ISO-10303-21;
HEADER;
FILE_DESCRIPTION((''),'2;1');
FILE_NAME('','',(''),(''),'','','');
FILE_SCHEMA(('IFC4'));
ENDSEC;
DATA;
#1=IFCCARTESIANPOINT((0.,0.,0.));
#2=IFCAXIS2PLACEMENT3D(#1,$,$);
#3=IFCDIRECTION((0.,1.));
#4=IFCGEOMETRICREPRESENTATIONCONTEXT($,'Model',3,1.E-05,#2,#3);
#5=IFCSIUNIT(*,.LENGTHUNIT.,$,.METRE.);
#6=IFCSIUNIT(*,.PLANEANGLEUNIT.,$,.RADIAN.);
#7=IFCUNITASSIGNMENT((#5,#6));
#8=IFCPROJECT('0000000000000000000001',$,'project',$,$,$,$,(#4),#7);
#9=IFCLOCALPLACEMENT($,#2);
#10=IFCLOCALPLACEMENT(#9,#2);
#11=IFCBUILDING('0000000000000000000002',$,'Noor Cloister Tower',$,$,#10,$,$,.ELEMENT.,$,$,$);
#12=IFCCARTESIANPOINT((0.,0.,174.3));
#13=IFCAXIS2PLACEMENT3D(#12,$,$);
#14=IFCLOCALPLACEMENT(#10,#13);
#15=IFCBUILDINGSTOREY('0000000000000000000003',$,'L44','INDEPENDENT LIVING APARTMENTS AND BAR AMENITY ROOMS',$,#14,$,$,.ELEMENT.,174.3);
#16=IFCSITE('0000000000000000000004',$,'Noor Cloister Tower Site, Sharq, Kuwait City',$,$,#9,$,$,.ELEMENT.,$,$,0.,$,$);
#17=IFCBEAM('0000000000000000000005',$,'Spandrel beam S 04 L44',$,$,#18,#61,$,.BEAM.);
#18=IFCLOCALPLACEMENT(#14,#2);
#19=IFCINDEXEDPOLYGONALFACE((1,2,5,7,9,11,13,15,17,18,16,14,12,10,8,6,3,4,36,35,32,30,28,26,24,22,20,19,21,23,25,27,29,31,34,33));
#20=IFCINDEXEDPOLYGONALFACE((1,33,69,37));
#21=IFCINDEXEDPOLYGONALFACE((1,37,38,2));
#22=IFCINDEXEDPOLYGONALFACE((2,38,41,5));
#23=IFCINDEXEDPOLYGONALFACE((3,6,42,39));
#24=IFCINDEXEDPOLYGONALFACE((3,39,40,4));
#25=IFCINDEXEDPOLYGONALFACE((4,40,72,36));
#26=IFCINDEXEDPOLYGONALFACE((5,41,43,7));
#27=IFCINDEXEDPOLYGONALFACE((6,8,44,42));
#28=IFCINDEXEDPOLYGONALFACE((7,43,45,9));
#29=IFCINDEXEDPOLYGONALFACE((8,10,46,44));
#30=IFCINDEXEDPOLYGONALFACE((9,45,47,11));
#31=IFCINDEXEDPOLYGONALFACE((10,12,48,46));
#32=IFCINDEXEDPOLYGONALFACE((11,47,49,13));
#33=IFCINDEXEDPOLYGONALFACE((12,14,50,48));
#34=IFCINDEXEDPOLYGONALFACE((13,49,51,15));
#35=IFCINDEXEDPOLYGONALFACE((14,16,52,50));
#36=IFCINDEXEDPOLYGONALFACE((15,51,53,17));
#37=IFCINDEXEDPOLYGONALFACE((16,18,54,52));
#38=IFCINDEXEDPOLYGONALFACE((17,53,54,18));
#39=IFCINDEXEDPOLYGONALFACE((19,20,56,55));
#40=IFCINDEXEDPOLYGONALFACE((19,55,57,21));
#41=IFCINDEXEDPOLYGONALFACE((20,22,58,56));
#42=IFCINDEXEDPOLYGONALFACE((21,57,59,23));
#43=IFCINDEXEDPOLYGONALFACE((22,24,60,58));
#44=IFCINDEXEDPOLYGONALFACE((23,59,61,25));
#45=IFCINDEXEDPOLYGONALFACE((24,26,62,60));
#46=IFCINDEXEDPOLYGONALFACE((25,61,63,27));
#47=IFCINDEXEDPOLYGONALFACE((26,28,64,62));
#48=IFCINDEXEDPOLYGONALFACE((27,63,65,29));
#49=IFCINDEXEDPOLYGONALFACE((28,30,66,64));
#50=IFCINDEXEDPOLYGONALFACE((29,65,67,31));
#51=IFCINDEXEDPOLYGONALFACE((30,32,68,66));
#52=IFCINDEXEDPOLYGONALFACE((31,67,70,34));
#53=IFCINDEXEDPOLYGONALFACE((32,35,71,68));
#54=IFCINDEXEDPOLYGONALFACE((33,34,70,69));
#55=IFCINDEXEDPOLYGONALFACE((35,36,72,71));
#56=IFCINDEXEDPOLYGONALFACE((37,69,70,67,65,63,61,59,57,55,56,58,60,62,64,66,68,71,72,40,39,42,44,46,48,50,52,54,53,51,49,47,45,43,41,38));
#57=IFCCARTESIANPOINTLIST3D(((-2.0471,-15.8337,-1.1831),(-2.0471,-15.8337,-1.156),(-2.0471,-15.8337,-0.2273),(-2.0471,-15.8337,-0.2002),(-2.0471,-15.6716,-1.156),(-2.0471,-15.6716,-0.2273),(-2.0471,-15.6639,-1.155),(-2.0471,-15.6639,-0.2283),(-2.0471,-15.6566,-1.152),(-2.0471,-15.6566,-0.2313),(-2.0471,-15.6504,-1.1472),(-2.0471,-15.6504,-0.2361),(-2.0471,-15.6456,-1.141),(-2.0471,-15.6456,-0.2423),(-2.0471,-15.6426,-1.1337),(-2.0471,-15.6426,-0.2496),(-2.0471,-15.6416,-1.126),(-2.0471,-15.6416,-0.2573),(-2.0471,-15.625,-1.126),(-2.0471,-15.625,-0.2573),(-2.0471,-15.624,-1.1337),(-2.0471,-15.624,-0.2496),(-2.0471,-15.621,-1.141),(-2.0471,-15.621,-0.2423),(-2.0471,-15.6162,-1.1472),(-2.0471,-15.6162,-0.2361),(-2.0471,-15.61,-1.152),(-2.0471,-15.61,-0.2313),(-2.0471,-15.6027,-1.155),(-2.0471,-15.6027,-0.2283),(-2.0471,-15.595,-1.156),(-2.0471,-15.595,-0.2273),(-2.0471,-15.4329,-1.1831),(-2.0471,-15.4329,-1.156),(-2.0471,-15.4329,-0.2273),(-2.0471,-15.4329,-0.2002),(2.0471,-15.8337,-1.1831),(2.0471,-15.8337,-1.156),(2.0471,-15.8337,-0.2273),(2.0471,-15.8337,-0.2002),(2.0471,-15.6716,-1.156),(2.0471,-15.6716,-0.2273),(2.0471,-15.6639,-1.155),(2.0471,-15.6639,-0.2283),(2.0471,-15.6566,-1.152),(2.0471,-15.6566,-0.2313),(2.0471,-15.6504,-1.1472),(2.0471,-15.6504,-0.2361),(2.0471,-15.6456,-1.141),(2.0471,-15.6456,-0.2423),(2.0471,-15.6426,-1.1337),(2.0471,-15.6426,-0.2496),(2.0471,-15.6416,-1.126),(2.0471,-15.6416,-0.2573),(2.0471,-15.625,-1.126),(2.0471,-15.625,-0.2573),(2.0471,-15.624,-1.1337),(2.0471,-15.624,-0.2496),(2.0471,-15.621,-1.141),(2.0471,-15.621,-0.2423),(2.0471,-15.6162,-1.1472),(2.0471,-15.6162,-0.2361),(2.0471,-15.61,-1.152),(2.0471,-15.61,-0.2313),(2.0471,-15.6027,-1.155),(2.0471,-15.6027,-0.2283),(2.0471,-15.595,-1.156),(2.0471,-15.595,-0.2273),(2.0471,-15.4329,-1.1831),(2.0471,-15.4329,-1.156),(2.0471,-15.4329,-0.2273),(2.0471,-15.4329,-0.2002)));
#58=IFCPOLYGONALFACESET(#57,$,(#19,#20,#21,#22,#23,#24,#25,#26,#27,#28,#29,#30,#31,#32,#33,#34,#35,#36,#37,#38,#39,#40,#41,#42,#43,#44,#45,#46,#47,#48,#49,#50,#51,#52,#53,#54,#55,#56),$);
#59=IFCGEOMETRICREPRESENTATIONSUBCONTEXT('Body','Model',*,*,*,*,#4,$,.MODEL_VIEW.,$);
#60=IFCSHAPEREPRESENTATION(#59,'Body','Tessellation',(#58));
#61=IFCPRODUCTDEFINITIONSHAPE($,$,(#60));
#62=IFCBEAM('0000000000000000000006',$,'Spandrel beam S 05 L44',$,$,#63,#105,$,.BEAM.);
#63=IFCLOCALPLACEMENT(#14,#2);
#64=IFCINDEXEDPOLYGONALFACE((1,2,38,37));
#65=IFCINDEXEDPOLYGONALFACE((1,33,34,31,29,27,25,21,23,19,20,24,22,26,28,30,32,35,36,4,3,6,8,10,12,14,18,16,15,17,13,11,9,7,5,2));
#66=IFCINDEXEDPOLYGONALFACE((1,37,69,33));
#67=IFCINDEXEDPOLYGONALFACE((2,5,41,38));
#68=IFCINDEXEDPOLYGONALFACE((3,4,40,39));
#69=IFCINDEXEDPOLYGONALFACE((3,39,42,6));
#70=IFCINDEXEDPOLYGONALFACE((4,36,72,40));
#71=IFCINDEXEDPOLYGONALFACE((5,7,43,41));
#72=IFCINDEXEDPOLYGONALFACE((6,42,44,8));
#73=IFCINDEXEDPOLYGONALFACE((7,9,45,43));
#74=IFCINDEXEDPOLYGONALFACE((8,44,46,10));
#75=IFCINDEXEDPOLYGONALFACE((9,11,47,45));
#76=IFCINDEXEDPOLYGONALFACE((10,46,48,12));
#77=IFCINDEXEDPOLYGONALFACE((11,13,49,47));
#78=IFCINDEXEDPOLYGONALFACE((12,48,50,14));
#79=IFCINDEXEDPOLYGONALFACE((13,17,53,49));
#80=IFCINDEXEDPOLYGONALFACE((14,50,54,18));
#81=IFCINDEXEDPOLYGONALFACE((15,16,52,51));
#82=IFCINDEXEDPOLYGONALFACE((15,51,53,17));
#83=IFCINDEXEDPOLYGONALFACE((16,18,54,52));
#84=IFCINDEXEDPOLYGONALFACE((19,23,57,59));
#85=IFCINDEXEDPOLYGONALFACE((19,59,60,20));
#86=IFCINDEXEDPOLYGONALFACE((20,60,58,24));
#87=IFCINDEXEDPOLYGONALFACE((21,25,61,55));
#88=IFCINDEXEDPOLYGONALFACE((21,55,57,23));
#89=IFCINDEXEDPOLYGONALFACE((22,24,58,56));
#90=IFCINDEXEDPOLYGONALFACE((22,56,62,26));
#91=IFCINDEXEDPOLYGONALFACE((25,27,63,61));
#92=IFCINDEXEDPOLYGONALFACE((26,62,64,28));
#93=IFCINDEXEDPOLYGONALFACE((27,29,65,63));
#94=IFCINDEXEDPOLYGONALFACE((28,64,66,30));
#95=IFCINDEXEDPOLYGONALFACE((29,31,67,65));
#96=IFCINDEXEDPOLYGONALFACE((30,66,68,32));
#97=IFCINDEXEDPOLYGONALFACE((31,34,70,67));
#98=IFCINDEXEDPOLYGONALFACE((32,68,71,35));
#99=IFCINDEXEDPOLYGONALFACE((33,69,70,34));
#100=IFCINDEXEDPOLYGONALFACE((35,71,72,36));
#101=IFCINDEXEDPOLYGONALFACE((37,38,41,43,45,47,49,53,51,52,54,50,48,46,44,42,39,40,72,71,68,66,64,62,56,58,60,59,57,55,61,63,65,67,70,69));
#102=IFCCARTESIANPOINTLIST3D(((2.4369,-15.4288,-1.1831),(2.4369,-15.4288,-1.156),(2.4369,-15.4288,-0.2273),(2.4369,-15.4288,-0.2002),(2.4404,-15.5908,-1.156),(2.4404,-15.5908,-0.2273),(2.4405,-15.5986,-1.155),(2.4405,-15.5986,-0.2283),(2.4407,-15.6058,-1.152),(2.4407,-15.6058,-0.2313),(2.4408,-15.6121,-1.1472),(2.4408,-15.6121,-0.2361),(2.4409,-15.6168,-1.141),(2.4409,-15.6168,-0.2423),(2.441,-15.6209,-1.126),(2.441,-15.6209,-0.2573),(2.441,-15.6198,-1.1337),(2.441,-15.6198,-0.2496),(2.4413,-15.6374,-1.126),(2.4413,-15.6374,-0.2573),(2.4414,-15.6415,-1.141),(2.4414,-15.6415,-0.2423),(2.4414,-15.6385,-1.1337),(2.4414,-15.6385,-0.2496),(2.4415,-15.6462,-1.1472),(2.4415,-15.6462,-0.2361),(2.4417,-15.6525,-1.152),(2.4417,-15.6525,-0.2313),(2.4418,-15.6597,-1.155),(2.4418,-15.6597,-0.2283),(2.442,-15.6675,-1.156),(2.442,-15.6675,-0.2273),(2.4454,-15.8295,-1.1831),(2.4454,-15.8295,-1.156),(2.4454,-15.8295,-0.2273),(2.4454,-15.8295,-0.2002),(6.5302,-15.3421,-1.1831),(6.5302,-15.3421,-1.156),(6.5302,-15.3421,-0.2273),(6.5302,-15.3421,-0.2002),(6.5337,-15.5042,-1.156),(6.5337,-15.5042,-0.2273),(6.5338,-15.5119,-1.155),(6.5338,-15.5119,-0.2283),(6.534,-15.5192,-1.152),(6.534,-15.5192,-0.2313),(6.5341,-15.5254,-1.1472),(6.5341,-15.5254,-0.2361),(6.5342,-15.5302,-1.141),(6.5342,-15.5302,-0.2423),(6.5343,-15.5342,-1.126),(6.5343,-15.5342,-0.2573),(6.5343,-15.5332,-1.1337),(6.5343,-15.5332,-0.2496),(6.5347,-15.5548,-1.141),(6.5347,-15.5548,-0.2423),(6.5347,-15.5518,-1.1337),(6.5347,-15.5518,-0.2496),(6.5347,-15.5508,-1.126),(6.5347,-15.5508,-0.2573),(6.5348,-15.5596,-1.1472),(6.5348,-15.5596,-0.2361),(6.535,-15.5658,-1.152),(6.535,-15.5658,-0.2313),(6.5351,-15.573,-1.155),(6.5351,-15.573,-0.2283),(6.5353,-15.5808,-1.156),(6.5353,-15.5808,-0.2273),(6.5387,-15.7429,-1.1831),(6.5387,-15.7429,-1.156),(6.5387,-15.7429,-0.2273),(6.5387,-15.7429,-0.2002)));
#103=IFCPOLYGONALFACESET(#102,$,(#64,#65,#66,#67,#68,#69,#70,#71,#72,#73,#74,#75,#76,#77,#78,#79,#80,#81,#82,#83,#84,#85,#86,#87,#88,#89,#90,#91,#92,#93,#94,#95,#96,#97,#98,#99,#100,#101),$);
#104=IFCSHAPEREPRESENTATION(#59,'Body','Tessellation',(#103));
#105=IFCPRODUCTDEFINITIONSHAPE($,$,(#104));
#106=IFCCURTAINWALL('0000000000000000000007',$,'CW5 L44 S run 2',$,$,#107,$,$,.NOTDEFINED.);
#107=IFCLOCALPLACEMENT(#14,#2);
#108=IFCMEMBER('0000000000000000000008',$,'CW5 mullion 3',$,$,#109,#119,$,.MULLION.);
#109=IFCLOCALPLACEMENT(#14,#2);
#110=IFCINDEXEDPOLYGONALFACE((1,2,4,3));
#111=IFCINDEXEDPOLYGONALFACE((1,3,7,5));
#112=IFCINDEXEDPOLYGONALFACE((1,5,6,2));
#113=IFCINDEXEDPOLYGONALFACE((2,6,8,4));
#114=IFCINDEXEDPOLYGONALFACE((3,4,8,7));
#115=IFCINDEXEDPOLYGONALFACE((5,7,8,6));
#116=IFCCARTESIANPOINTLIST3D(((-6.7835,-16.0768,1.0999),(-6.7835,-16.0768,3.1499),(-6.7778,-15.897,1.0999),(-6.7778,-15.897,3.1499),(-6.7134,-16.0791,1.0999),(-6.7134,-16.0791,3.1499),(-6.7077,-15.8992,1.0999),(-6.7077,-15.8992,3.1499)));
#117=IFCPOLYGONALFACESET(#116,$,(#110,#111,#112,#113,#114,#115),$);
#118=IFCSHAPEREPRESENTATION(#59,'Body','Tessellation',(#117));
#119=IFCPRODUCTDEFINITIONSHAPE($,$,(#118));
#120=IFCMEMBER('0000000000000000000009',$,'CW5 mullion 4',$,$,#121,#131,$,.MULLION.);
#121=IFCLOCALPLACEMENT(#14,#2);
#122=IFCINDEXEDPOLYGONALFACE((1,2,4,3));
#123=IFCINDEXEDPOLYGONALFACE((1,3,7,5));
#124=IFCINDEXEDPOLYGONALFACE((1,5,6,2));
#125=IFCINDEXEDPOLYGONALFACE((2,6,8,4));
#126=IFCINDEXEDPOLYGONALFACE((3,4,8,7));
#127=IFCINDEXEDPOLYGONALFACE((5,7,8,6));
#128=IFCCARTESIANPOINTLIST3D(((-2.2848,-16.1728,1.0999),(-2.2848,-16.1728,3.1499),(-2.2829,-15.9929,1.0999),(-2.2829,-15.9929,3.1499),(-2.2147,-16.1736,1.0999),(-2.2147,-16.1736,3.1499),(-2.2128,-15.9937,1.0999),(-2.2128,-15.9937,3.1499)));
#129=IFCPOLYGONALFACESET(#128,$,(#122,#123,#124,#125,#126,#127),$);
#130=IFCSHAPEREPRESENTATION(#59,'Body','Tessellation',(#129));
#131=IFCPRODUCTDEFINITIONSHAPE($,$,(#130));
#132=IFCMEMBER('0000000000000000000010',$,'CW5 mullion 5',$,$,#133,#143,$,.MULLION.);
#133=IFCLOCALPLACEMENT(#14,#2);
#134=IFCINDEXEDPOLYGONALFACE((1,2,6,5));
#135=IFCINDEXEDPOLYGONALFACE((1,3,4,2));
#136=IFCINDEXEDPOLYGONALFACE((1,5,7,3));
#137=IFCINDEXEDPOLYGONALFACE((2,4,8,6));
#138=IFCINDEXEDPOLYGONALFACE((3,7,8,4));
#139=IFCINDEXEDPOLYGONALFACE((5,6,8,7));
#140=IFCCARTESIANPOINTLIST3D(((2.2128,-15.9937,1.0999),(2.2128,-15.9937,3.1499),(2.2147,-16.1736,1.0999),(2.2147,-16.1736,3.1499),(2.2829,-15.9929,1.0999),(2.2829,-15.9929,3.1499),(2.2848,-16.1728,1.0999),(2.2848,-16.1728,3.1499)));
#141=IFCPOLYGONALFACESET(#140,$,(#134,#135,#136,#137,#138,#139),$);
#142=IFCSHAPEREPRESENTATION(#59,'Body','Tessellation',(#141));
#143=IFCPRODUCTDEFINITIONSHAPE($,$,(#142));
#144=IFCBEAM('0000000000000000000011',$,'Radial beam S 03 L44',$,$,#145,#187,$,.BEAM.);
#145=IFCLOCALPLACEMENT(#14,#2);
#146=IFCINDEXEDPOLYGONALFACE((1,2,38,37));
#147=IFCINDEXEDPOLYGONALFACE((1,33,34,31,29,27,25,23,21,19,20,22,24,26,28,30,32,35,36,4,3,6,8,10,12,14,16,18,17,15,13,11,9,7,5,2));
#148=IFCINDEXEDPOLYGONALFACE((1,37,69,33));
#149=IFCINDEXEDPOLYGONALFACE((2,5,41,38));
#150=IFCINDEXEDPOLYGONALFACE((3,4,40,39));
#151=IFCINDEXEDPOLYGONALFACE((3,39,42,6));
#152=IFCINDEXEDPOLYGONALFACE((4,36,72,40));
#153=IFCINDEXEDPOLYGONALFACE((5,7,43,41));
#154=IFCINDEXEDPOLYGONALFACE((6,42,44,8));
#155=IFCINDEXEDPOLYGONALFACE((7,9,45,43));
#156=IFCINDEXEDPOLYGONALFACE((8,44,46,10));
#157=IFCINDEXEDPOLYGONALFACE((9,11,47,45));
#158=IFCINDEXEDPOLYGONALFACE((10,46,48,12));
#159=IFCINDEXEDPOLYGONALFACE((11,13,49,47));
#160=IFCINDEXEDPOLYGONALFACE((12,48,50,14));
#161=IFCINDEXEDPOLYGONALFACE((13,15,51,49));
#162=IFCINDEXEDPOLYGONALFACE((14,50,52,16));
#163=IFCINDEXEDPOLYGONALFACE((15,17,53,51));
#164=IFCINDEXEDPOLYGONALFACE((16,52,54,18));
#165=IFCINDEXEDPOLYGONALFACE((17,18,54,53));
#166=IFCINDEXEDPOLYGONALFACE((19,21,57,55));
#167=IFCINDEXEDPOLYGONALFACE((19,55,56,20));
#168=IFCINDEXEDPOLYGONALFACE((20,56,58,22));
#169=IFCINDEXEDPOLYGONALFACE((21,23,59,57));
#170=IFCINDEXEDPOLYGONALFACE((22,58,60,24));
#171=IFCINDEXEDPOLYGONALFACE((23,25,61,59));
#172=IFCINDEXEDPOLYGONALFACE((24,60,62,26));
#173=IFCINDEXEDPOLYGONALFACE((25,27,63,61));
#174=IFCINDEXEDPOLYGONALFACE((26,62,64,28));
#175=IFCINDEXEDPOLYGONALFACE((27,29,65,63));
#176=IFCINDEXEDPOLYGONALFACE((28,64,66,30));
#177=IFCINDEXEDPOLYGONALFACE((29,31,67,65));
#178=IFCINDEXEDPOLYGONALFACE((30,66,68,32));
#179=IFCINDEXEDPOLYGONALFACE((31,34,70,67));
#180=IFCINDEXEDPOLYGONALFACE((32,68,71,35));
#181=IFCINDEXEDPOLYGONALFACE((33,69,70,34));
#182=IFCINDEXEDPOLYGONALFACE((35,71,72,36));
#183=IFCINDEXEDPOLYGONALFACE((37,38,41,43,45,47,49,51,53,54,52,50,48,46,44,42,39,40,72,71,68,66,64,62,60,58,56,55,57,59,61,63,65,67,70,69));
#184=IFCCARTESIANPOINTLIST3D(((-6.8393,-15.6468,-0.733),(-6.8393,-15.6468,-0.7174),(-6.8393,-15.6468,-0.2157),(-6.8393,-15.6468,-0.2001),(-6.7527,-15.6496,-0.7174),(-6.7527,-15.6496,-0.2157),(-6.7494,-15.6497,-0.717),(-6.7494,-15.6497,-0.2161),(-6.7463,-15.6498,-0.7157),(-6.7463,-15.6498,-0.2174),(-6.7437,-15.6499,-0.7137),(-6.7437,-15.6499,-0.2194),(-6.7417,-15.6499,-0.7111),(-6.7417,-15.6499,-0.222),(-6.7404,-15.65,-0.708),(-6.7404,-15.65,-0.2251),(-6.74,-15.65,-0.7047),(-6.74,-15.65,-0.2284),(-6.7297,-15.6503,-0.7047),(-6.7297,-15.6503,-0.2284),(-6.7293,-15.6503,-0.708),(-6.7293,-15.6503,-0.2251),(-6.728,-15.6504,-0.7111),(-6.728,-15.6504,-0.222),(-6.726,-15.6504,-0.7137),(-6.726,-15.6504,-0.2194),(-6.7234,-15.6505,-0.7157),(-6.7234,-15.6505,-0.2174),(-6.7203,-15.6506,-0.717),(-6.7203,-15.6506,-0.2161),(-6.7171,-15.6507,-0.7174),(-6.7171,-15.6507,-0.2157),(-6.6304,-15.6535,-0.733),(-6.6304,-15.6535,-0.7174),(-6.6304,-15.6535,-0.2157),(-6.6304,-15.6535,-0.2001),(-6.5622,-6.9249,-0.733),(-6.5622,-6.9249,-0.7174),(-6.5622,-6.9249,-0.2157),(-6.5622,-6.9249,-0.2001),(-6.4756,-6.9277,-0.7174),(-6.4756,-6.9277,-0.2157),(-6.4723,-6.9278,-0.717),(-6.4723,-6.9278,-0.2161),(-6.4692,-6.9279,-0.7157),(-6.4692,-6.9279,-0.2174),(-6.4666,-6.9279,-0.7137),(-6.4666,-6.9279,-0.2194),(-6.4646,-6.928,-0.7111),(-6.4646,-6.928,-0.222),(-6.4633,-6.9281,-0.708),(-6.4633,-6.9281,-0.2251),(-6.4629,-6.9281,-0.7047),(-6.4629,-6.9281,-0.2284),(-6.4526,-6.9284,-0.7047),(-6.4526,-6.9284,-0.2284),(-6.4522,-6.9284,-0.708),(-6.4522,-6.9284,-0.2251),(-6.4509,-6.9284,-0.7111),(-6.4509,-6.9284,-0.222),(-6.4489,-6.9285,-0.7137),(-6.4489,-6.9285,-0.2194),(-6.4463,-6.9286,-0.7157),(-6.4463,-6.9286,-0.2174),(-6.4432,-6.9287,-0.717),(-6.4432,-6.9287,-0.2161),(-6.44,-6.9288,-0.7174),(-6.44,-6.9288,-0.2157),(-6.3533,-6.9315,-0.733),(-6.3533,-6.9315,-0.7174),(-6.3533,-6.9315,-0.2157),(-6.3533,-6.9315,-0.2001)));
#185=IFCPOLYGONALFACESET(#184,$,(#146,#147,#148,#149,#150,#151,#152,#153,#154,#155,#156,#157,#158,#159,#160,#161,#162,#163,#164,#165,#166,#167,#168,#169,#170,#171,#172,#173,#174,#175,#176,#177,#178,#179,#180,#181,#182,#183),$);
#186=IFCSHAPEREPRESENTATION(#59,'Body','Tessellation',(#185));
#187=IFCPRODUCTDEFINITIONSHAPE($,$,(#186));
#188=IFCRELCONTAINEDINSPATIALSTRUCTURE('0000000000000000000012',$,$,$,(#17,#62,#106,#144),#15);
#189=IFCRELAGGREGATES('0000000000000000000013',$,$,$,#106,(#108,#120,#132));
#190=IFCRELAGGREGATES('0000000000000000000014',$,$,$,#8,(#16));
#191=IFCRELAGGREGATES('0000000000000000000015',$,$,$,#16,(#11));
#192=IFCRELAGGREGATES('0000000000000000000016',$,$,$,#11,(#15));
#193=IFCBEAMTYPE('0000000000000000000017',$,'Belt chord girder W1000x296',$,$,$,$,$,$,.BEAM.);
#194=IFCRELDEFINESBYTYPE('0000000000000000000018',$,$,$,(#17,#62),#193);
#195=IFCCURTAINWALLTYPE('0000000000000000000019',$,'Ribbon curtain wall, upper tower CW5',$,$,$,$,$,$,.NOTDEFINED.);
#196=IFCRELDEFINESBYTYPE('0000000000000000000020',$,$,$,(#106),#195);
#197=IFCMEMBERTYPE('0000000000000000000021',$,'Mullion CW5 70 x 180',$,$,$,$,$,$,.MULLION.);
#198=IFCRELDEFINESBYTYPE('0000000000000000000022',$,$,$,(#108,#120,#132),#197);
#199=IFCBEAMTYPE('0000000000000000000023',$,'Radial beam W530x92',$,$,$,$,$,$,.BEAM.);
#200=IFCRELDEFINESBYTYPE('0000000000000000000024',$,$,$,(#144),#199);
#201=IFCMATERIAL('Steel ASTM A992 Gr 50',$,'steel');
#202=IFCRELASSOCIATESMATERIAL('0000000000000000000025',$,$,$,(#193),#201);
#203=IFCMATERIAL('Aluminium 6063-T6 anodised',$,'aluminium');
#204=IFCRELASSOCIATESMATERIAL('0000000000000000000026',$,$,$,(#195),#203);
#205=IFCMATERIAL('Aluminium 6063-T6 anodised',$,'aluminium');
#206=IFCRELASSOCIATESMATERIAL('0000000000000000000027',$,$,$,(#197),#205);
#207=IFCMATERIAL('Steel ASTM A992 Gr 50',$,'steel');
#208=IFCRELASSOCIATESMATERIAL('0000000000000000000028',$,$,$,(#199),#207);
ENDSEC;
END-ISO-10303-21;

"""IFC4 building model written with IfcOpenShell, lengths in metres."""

from ifc_helpers import new_model, si_unit, direction, frame, origin, origin_2d, place, context, subcontext, project, spatial, rectangle, i_section, extrude, material, material_profile, profile_set, type_object, element, aggregate, save


model = new_model("IFC4")

# Units and contexts
model_context = context("Model", 3, precision=1e-05, world=origin(), true_north=direction((0.0, 1.0)))
body_context = subcontext(model_context, "Body", "Model", "MODEL_VIEW")
ifc_project = project(units=[si_unit("LENGTHUNIT", "METRE"), si_unit("PLANEANGLEUNIT", "RADIAN")], contexts=[model_context])

# Site, building, storey
site_placement = place(None, origin())
site = spatial("IfcSite", under=ifc_project, at=site_placement, Name="Noor Cloister Tower Site, Sharq, Kuwait City", CompositionType="ELEMENT", RefElevation=0.0)
building_placement = place(site_placement, origin())
building = spatial("IfcBuilding", under=site, at=building_placement, Name="Noor Cloister Tower", CompositionType="ELEMENT")
storey_placement = place(building_placement, frame((0.0, 0.0, 174.3)))
storey = spatial("IfcBuildingStorey", under=building, at=storey_placement, Name="L44", Description="INDEPENDENT LIVING APARTMENTS AND BAR AMENITY ROOMS", CompositionType="ELEMENT", Elevation=174.3)

# Beams
ifc_material_1 = material(Name="Steel ASTM A992 Gr 50", Category="steel")
ifc_material_profile_1 = material_profile(ifc_material_1, i_section(OverallWidth=0.4009, OverallDepth=0.9829, WebThickness=0.0166, FlangeThickness=0.0271, FilletRadius=0.03, at=origin_2d()), Name="W1000x296")
ifc_profile_set_1 = profile_set([ifc_material_profile_1], Name="Steel ASTM A992 Gr 50")
beam_type_1 = type_object("IfcBeamType", Name="Belt chord girder W1000x296", PredefinedType="BEAM", material=ifc_profile_set_1)
for number, where, z_axis, x_axis, name in (
    (1, (-2.0471, -15.6333, -0.6917), (1.0, 0.0, 0.0), (0.0, 1.0, 0.0), "Spandrel beam S 04 L44"),
    (2, (2.4412, -15.6292, -0.6917), (0.999776, 0.021169, 0.0), (-0.021169, 0.999776, 0.0), "Spandrel beam S 05 L44"),
):
    element("IfcBeam", number, at=place(storey_placement, frame(where, z_axis=z_axis, x_axis=x_axis)), inside=storey, type_object=beam_type_1, Name=name, PredefinedType="BEAM", context=body_context, shape_type="SweptSolid", body=[
        extrude(i_section(OverallWidth=0.4009, OverallDepth=0.9829, WebThickness=0.0166, FlangeThickness=0.0271, FilletRadius=0.03, at=origin_2d()), origin(), (0.0, 0.0, 1.0), 4.0942),
    ])

# Curtain wall, members
ifc_material_2 = material(Name="Aluminium 6063-T6 anodised", Category="aluminium")
curtain_wall_type = type_object("IfcCurtainWallType", Name="Ribbon curtain wall, upper tower CW5", PredefinedType="NOTDEFINED", material=ifc_material_2)
curtain_wall_placement = place(storey_placement, origin())
curtain_wall = element("IfcCurtainWall", 3, at=curtain_wall_placement, inside=storey, type_object=curtain_wall_type, Name="CW5 L44 S run 2", PredefinedType="NOTDEFINED")
ifc_material_3 = material(Name="Aluminium 6063-T6 anodised", Category="aluminium")
ifc_material_profile_2 = material_profile(ifc_material_3, rectangle(XDim=0.1799, YDim=0.0701, at=origin_2d()), Name="180 x 70 mullion")
ifc_profile_set_2 = profile_set([ifc_material_profile_2], Name="Aluminium 6063-T6 anodised")
member_type = type_object("IfcMemberType", Name="Mullion CW5 70 x 180", PredefinedType="MULLION", material=ifc_profile_set_2)
member_1_placement = place(storey_placement, frame((-6.7456, -15.988, 1.0999), z_axis=(0.0, 0.0, 1.0), x_axis=(0.031767, 0.999495, 0.0)))
member_1 = element("IfcMember", 4, at=member_1_placement, type_object=member_type, Name="CW5 mullion 3", PredefinedType="MULLION", context=body_context, shape_type="SweptSolid", body=[
    extrude(rectangle(XDim=0.1799, YDim=0.0701, at=origin_2d()), origin(), (0.0, 0.0, 1.0), 2.05),
])
member_2_placement = place(storey_placement, frame((-2.2488, -16.0833, 1.0999), z_axis=(0.0, 0.0, 1.0), x_axis=(0.010591, 0.999944, 0.0)))
member_2 = element("IfcMember", 5, at=member_2_placement, type_object=member_type, Name="CW5 mullion 4", PredefinedType="MULLION", context=body_context, shape_type="SweptSolid", body=[
    extrude(rectangle(XDim=0.1799, YDim=0.0701, at=origin_2d()), origin(), (0.0, 0.0, 1.0), 2.05),
])
member_3_placement = place(storey_placement, frame((2.2488, -16.0833, 1.0999), z_axis=(0.0, 0.0, 1.0), x_axis=(-0.010591, 0.999944, 0.0)))
member_3 = element("IfcMember", 6, at=member_3_placement, type_object=member_type, Name="CW5 mullion 5", PredefinedType="MULLION", context=body_context, shape_type="SweptSolid", body=[
    extrude(rectangle(XDim=0.1799, YDim=0.0701, at=origin_2d()), origin(), (0.0, 0.0, 1.0), 2.05),
])

# Beam
ifc_material_4 = material(Name="Steel ASTM A992 Gr 50", Category="steel")
ifc_material_profile_3 = material_profile(ifc_material_4, i_section(OverallWidth=0.209, OverallDepth=0.533, WebThickness=0.0103, FlangeThickness=0.0156, FilletRadius=0.0127, at=origin_2d()), Name="W530x92")
ifc_profile_set_3 = profile_set([ifc_material_profile_3], Name="Steel ASTM A992 Gr 50")
beam_type_2 = type_object("IfcBeamType", Name="Radial beam W530x92", PredefinedType="BEAM", material=ifc_profile_set_3)
beam_placement = place(storey_placement, frame((-6.7349, -15.6501, -0.4666), z_axis=(0.031754, 0.999496, 0.0), x_axis=(-0.999496, 0.031754, 0.0)))
element("IfcBeam", 7, at=beam_placement, inside=storey, type_object=beam_type_2, Name="Radial beam S 03 L44", PredefinedType="BEAM", context=body_context, shape_type="SweptSolid", body=[
    extrude(i_section(OverallWidth=0.209, OverallDepth=0.533, WebThickness=0.0103, FlangeThickness=0.0156, FilletRadius=0.0127, at=origin_2d()), origin(), (0.0, 0.0, 1.0), 8.7263),
])

aggregate(curtain_wall, [member_1, member_2, member_3])

save(model, "model.ifc")
